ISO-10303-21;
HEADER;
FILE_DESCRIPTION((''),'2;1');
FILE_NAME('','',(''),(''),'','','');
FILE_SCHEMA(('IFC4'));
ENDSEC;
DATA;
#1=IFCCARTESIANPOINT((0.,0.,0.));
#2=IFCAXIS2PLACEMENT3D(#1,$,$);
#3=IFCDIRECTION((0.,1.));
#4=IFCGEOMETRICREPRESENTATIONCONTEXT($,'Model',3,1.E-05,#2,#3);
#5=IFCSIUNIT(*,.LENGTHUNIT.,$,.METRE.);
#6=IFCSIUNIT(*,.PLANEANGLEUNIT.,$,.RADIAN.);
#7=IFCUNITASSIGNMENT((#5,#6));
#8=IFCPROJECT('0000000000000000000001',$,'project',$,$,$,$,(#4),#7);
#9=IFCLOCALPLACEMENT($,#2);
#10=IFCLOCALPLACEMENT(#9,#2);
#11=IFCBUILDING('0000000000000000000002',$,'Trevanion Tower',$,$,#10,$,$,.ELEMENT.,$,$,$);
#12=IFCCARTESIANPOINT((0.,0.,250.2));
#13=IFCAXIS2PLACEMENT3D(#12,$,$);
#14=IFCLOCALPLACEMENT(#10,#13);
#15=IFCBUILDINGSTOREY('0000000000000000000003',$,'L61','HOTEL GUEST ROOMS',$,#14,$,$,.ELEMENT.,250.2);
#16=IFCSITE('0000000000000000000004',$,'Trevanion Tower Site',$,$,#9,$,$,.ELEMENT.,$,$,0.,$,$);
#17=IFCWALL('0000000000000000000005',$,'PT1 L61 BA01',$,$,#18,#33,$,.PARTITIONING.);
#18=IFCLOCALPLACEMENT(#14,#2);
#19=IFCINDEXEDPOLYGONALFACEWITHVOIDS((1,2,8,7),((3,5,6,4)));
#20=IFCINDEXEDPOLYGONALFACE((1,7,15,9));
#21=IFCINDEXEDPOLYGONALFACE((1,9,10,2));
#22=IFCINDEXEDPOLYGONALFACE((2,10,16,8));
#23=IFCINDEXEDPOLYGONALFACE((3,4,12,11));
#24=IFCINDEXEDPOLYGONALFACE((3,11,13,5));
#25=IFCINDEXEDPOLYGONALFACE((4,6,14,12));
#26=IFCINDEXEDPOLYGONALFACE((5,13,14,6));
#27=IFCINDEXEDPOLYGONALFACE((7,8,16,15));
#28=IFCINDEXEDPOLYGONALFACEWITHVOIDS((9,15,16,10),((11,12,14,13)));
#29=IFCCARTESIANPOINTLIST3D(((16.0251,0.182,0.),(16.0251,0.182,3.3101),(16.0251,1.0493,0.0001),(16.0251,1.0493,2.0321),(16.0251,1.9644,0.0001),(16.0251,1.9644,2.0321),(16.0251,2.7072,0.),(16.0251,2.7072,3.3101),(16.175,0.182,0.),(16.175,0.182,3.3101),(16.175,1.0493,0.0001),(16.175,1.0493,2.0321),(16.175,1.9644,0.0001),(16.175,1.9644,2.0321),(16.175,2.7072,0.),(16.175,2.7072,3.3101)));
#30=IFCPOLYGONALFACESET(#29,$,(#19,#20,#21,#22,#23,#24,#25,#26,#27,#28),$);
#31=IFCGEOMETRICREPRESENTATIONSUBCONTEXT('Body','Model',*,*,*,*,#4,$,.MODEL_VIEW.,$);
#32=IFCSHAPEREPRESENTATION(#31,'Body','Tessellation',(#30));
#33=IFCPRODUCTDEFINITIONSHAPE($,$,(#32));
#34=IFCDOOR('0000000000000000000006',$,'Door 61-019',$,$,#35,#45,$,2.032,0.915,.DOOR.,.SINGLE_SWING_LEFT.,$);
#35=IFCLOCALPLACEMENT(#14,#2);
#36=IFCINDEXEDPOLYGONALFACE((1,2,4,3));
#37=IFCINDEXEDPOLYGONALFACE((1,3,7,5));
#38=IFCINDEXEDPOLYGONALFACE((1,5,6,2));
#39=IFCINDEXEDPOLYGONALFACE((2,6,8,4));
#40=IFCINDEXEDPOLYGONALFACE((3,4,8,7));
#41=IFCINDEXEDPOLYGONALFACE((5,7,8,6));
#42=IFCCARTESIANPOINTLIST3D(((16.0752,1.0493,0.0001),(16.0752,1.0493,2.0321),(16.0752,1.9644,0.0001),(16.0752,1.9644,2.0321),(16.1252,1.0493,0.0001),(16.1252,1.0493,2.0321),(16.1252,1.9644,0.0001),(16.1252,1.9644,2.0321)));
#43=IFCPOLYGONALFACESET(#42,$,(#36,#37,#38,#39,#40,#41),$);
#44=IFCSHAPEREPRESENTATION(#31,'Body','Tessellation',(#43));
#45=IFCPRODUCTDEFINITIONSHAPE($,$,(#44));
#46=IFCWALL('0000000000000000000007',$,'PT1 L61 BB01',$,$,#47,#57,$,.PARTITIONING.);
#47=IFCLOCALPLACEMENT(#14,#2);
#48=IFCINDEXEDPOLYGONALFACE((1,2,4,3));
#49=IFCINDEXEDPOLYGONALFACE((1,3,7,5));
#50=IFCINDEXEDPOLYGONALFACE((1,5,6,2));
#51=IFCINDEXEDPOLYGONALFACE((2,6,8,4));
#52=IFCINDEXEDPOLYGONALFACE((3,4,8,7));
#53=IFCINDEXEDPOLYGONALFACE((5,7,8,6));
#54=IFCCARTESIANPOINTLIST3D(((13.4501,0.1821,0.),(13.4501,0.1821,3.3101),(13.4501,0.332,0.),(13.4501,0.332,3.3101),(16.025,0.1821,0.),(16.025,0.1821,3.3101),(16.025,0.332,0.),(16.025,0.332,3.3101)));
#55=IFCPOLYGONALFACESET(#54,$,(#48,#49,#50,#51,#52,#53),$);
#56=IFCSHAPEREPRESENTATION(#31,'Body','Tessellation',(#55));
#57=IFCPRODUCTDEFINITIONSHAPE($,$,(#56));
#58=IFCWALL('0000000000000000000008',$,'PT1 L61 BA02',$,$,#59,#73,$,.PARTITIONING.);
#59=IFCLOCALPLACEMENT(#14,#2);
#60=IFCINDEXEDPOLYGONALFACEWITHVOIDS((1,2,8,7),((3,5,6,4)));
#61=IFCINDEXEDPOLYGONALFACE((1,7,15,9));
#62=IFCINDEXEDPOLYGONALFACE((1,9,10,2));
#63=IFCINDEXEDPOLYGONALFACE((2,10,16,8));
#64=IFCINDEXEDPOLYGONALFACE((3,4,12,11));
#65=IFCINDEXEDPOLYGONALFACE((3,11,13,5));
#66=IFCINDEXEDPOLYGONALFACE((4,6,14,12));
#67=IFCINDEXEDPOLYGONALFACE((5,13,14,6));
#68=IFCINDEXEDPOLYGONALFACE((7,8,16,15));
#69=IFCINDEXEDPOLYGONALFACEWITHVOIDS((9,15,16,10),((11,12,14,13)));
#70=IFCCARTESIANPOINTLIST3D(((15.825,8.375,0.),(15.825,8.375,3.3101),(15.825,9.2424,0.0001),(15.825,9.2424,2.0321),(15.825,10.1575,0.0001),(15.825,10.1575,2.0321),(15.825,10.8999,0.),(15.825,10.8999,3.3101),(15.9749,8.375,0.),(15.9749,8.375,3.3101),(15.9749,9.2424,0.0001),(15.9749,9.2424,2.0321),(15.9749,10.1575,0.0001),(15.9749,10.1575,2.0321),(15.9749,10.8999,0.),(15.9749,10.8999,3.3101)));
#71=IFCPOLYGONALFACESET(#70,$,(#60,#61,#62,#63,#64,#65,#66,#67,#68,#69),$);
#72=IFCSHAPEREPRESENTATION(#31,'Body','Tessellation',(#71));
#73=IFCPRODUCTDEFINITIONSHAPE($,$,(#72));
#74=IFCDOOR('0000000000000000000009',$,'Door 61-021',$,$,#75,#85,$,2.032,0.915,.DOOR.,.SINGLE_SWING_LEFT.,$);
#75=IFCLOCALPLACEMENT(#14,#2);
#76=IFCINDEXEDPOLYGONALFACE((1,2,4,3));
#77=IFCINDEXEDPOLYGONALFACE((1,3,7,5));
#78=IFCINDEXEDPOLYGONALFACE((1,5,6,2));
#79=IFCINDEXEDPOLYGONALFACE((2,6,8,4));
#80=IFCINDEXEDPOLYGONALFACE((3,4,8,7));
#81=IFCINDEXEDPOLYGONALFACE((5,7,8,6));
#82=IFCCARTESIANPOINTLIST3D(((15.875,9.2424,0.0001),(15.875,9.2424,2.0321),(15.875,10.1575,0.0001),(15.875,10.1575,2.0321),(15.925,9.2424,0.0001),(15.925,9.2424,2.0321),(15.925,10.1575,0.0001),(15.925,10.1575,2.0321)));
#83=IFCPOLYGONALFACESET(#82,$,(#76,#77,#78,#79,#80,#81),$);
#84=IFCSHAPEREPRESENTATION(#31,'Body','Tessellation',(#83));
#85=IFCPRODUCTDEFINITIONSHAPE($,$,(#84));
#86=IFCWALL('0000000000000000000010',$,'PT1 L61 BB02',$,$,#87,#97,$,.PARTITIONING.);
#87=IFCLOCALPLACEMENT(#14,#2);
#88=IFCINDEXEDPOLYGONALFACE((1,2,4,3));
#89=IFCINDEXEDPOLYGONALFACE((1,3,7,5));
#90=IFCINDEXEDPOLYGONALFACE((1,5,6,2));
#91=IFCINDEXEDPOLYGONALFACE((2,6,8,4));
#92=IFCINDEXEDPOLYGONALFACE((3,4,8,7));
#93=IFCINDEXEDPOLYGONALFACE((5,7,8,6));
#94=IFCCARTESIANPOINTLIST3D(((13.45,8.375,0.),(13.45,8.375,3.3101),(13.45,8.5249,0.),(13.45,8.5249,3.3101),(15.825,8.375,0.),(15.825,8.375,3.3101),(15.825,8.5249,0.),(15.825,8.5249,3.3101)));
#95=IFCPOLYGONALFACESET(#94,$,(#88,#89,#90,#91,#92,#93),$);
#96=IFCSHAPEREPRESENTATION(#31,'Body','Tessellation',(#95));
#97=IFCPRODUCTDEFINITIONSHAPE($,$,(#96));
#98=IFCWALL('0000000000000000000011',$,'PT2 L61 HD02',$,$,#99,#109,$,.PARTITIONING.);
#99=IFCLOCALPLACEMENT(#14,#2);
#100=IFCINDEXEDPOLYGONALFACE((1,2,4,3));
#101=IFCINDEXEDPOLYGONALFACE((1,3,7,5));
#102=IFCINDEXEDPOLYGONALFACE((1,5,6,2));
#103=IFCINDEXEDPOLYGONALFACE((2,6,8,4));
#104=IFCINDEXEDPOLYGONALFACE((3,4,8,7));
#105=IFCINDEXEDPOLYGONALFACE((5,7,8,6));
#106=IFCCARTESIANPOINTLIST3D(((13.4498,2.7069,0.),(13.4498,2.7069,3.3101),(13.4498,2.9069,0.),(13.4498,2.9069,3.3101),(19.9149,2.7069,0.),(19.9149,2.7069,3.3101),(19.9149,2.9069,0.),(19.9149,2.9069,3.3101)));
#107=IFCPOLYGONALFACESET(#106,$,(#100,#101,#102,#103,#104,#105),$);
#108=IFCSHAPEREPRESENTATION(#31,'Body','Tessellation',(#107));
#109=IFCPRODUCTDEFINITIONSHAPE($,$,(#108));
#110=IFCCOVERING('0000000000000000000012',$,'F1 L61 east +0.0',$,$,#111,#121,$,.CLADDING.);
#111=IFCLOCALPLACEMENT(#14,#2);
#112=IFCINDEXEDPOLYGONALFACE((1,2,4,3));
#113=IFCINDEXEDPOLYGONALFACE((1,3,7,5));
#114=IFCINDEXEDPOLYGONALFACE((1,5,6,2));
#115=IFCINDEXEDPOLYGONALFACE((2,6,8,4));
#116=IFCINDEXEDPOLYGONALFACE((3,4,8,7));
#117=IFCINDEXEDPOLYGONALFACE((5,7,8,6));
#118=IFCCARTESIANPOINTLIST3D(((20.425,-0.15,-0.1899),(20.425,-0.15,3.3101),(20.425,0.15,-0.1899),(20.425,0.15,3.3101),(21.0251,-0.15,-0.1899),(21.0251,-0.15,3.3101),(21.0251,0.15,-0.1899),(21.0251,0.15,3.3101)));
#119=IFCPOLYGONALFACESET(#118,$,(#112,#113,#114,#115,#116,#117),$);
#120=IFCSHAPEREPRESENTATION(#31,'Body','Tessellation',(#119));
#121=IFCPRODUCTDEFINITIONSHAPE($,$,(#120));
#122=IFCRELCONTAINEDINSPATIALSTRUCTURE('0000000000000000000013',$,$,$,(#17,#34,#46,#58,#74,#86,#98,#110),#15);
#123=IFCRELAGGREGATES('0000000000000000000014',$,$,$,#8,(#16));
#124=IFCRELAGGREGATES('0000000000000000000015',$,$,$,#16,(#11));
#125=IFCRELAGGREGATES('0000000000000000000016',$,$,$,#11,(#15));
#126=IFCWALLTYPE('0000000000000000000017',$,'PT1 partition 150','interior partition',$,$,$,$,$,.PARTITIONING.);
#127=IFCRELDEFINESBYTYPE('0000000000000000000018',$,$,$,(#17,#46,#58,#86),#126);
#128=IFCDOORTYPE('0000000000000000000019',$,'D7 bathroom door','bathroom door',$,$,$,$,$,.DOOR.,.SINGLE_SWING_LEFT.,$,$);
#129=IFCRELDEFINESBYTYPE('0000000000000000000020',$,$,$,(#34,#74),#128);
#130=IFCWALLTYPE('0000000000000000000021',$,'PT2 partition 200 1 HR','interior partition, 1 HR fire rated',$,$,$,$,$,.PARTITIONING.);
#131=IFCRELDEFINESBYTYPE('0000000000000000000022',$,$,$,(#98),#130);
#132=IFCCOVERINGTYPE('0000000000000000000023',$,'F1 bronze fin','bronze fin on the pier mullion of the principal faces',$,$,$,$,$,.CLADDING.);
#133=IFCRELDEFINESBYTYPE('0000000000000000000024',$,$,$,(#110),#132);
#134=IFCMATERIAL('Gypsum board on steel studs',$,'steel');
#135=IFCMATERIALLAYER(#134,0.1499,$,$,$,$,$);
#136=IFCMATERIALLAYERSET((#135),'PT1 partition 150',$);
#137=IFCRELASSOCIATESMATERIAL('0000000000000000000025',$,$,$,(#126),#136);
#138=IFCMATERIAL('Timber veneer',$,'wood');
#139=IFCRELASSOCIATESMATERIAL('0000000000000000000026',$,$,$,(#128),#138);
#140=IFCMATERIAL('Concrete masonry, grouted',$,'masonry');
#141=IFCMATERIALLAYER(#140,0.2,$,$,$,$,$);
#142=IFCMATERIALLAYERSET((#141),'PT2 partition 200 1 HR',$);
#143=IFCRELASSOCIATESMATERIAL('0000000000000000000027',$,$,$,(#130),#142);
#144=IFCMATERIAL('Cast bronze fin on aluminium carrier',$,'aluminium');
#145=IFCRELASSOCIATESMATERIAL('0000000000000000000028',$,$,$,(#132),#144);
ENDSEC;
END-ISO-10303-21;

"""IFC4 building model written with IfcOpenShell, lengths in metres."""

from ifc_helpers import new_model, si_unit, direction, frame, frame_2d, origin, origin_2d, place, context, subcontext, project, spatial, rectangle, extrude, material, layer, layer_set, type_object, element, fill, save


model = new_model("IFC4")

# Units and contexts
model_context = context("Model", 3, precision=1e-05, world=origin(), true_north=direction((0.0, 1.0)))
body_context = subcontext(model_context, "Body", "Model", "MODEL_VIEW")
ifc_project = project(units=[si_unit("LENGTHUNIT", "METRE"), si_unit("PLANEANGLEUNIT", "RADIAN")], contexts=[model_context])

# Site, building, storey
site_placement = place(None, origin())
site = spatial("IfcSite", under=ifc_project, at=site_placement, Name="Trevanion Tower Site", CompositionType="ELEMENT", RefElevation=0.0)
building_placement = place(site_placement, origin())
building = spatial("IfcBuilding", under=site, at=building_placement, Name="Trevanion Tower", CompositionType="ELEMENT")
storey_placement = place(building_placement, frame((0.0, 0.0, 250.2)))
storey = spatial("IfcBuildingStorey", under=building, at=storey_placement, Name="L61", Description="HOTEL GUEST ROOMS", CompositionType="ELEMENT", Elevation=250.2)

# Wall, opening, door
ifc_material_1 = material(Name="Gypsum board on steel studs", Category="steel")
ifc_layer_1 = layer(ifc_material_1, 0.1499)
ifc_layer_set_1 = layer_set([ifc_layer_1], Name="PT1 partition 150")
wall_type_1 = type_object("IfcWallType", Name="PT1 partition 150", Description="interior partition", PredefinedType="PARTITIONING", material=ifc_layer_set_1)
wall_1_placement = place(storey_placement, frame((16.1001, 0.1819, 0.0), z_axis=(0.0, 0.0, 1.0), x_axis=(0.0, 1.0, 0.0)))
wall_1 = element("IfcWall", 1, at=wall_1_placement, inside=storey, type_object=wall_type_1, Name="PT1 L61 BA01", PredefinedType="PARTITIONING", context=body_context, shape_type="SweptSolid", body=[
    extrude(rectangle(XDim=2.5251, YDim=0.1499, at=frame_2d((1.2627, 0.0))), origin(), (0.0, 0.0, 1.0), 3.3101),
])
opening_1_placement = place(wall_1_placement, frame((0.8674, 0.0, 0.0)))
opening_1 = element("IfcOpeningElement", 2, at=opening_1_placement, cuts=wall_1, PredefinedType="OPENING", context=body_context, shape_type="SweptSolid", body=[
    extrude(rectangle(XDim=0.915, YDim=2.032, at=frame_2d((0.4575, 1.0161))), frame((0.0, 0.085, 0.0), z_axis=(0.0, -1.0, 0.0), x_axis=(1.0, 0.0, 0.0)), (0.0, 0.0, 1.0), 0.1699),
])
ifc_material_2 = material(Name="Timber veneer", Category="wood")
door_type = type_object("IfcDoorType", Name="D7 bathroom door", Description="bathroom door", OperationType="SINGLE_SWING_LEFT", PredefinedType="DOOR", material=ifc_material_2)
door_1_placement = place(opening_1_placement, origin())
door_1 = element("IfcDoor", 3, at=door_1_placement, inside=storey, type_object=door_type, Name="Door 61-019", OperationType="SINGLE_SWING_LEFT", OverallHeight=2.032, OverallWidth=0.915, PredefinedType="DOOR", context=body_context, shape_type="SweptSolid", body=[
    extrude(rectangle(XDim=0.915, YDim=2.032, at=frame_2d((0.4575, 1.0161))), frame((0.0, 0.0249, 0.0), z_axis=(0.0, -1.0, 0.0), x_axis=(1.0, 0.0, 0.0)), (0.0, 0.0, 1.0), 0.05),
])
fill(opening_1, door_1)

# Wall
wall_2_placement = place(storey_placement, frame((13.45, 0.2571, 0.0), z_axis=(0.0, 0.0, 1.0), x_axis=(1.0, 0.0, 0.0)))
element("IfcWall", 4, at=wall_2_placement, inside=storey, type_object=wall_type_1, Name="PT1 L61 BB01", PredefinedType="PARTITIONING", context=body_context, shape_type="SweptSolid", body=[
    extrude(rectangle(XDim=2.575, YDim=0.1499, at=frame_2d((1.2876, 0.0))), origin(), (0.0, 0.0, 1.0), 3.3101),
])

# Wall, opening, door
wall_3_placement = place(storey_placement, frame((15.8999, 8.375, 0.0), z_axis=(0.0, 0.0, 1.0), x_axis=(0.0, 1.0, 0.0)))
wall_3 = element("IfcWall", 5, at=wall_3_placement, inside=storey, type_object=wall_type_1, Name="PT1 L61 BA02", PredefinedType="PARTITIONING", context=body_context, shape_type="SweptSolid", body=[
    extrude(rectangle(XDim=2.5249, YDim=0.1499, at=frame_2d((1.2625, 0.0))), origin(), (0.0, 0.0, 1.0), 3.3101),
])
opening_2_placement = place(wall_3_placement, frame((0.8674, 0.0, 0.0)))
opening_2 = element("IfcOpeningElement", 6, at=opening_2_placement, cuts=wall_3, PredefinedType="OPENING", context=body_context, shape_type="SweptSolid", body=[
    extrude(rectangle(XDim=0.915, YDim=2.032, at=frame_2d((0.4575, 1.0161))), frame((0.0, 0.085, 0.0), z_axis=(0.0, -1.0, 0.0), x_axis=(1.0, 0.0, 0.0)), (0.0, 0.0, 1.0), 0.1699),
])
door_2_placement = place(opening_2_placement, origin())
door_2 = element("IfcDoor", 7, at=door_2_placement, inside=storey, type_object=door_type, Name="Door 61-021", OperationType="SINGLE_SWING_LEFT", OverallHeight=2.032, OverallWidth=0.915, PredefinedType="DOOR", context=body_context, shape_type="SweptSolid", body=[
    extrude(rectangle(XDim=0.915, YDim=2.032, at=frame_2d((0.4575, 1.0161))), frame((0.0, 0.0249, 0.0), z_axis=(0.0, -1.0, 0.0), x_axis=(1.0, 0.0, 0.0)), (0.0, 0.0, 1.0), 0.05),
])
fill(opening_2, door_2)

# Walls
wall_4_placement = place(storey_placement, frame((13.45, 8.45, 0.0), z_axis=(0.0, 0.0, 1.0), x_axis=(1.0, 0.0, 0.0)))
element("IfcWall", 8, at=wall_4_placement, inside=storey, type_object=wall_type_1, Name="PT1 L61 BB02", PredefinedType="PARTITIONING", context=body_context, shape_type="SweptSolid", body=[
    extrude(rectangle(XDim=2.375, YDim=0.1499, at=frame_2d((1.1875, 0.0))), origin(), (0.0, 0.0, 1.0), 3.3101),
])
ifc_material_3 = material(Name="Concrete masonry, grouted", Category="masonry")
ifc_layer_2 = layer(ifc_material_3, 0.2)
ifc_layer_set_2 = layer_set([ifc_layer_2], Name="PT2 partition 200 1 HR")
wall_type_2 = type_object("IfcWallType", Name="PT2 partition 200 1 HR", Description="interior partition, 1 HR fire rated", PredefinedType="PARTITIONING", material=ifc_layer_set_2)
wall_5_placement = place(storey_placement, frame((13.45, 2.8069, 0.0), z_axis=(0.0, 0.0, 1.0), x_axis=(1.0, 0.0, 0.0)))
element("IfcWall", 9, at=wall_5_placement, inside=storey, type_object=wall_type_2, Name="PT2 L61 HD02", PredefinedType="PARTITIONING", context=body_context, shape_type="SweptSolid", body=[
    extrude(rectangle(XDim=6.4651, YDim=0.2, at=frame_2d((3.2324, 0.0))), origin(), (0.0, 0.0, 1.0), 3.3101),
])

# Covering
ifc_material_4 = material(Name="Cast bronze fin on aluminium carrier", Category="aluminium")
covering_type = type_object("IfcCoveringType", Name="F1 bronze fin", Description="bronze fin on the pier mullion of the principal faces", PredefinedType="CLADDING", material=ifc_material_4)
covering_placement = place(storey_placement, frame((20.7251, 0.0, -0.1899), z_axis=(0.0, 0.0, 1.0), x_axis=(0.0, 1.0, 0.0)))
element("IfcCovering", 10, at=covering_placement, inside=storey, type_object=covering_type, Name="F1 L61 east +0.0", PredefinedType="CLADDING", context=body_context, shape_type="SweptSolid", body=[
    extrude(rectangle(XDim=0.3, YDim=0.6001, at=origin_2d()), origin(), (0.0, 0.0, 1.0), 3.5),
])

save(model, "model.ifc")
